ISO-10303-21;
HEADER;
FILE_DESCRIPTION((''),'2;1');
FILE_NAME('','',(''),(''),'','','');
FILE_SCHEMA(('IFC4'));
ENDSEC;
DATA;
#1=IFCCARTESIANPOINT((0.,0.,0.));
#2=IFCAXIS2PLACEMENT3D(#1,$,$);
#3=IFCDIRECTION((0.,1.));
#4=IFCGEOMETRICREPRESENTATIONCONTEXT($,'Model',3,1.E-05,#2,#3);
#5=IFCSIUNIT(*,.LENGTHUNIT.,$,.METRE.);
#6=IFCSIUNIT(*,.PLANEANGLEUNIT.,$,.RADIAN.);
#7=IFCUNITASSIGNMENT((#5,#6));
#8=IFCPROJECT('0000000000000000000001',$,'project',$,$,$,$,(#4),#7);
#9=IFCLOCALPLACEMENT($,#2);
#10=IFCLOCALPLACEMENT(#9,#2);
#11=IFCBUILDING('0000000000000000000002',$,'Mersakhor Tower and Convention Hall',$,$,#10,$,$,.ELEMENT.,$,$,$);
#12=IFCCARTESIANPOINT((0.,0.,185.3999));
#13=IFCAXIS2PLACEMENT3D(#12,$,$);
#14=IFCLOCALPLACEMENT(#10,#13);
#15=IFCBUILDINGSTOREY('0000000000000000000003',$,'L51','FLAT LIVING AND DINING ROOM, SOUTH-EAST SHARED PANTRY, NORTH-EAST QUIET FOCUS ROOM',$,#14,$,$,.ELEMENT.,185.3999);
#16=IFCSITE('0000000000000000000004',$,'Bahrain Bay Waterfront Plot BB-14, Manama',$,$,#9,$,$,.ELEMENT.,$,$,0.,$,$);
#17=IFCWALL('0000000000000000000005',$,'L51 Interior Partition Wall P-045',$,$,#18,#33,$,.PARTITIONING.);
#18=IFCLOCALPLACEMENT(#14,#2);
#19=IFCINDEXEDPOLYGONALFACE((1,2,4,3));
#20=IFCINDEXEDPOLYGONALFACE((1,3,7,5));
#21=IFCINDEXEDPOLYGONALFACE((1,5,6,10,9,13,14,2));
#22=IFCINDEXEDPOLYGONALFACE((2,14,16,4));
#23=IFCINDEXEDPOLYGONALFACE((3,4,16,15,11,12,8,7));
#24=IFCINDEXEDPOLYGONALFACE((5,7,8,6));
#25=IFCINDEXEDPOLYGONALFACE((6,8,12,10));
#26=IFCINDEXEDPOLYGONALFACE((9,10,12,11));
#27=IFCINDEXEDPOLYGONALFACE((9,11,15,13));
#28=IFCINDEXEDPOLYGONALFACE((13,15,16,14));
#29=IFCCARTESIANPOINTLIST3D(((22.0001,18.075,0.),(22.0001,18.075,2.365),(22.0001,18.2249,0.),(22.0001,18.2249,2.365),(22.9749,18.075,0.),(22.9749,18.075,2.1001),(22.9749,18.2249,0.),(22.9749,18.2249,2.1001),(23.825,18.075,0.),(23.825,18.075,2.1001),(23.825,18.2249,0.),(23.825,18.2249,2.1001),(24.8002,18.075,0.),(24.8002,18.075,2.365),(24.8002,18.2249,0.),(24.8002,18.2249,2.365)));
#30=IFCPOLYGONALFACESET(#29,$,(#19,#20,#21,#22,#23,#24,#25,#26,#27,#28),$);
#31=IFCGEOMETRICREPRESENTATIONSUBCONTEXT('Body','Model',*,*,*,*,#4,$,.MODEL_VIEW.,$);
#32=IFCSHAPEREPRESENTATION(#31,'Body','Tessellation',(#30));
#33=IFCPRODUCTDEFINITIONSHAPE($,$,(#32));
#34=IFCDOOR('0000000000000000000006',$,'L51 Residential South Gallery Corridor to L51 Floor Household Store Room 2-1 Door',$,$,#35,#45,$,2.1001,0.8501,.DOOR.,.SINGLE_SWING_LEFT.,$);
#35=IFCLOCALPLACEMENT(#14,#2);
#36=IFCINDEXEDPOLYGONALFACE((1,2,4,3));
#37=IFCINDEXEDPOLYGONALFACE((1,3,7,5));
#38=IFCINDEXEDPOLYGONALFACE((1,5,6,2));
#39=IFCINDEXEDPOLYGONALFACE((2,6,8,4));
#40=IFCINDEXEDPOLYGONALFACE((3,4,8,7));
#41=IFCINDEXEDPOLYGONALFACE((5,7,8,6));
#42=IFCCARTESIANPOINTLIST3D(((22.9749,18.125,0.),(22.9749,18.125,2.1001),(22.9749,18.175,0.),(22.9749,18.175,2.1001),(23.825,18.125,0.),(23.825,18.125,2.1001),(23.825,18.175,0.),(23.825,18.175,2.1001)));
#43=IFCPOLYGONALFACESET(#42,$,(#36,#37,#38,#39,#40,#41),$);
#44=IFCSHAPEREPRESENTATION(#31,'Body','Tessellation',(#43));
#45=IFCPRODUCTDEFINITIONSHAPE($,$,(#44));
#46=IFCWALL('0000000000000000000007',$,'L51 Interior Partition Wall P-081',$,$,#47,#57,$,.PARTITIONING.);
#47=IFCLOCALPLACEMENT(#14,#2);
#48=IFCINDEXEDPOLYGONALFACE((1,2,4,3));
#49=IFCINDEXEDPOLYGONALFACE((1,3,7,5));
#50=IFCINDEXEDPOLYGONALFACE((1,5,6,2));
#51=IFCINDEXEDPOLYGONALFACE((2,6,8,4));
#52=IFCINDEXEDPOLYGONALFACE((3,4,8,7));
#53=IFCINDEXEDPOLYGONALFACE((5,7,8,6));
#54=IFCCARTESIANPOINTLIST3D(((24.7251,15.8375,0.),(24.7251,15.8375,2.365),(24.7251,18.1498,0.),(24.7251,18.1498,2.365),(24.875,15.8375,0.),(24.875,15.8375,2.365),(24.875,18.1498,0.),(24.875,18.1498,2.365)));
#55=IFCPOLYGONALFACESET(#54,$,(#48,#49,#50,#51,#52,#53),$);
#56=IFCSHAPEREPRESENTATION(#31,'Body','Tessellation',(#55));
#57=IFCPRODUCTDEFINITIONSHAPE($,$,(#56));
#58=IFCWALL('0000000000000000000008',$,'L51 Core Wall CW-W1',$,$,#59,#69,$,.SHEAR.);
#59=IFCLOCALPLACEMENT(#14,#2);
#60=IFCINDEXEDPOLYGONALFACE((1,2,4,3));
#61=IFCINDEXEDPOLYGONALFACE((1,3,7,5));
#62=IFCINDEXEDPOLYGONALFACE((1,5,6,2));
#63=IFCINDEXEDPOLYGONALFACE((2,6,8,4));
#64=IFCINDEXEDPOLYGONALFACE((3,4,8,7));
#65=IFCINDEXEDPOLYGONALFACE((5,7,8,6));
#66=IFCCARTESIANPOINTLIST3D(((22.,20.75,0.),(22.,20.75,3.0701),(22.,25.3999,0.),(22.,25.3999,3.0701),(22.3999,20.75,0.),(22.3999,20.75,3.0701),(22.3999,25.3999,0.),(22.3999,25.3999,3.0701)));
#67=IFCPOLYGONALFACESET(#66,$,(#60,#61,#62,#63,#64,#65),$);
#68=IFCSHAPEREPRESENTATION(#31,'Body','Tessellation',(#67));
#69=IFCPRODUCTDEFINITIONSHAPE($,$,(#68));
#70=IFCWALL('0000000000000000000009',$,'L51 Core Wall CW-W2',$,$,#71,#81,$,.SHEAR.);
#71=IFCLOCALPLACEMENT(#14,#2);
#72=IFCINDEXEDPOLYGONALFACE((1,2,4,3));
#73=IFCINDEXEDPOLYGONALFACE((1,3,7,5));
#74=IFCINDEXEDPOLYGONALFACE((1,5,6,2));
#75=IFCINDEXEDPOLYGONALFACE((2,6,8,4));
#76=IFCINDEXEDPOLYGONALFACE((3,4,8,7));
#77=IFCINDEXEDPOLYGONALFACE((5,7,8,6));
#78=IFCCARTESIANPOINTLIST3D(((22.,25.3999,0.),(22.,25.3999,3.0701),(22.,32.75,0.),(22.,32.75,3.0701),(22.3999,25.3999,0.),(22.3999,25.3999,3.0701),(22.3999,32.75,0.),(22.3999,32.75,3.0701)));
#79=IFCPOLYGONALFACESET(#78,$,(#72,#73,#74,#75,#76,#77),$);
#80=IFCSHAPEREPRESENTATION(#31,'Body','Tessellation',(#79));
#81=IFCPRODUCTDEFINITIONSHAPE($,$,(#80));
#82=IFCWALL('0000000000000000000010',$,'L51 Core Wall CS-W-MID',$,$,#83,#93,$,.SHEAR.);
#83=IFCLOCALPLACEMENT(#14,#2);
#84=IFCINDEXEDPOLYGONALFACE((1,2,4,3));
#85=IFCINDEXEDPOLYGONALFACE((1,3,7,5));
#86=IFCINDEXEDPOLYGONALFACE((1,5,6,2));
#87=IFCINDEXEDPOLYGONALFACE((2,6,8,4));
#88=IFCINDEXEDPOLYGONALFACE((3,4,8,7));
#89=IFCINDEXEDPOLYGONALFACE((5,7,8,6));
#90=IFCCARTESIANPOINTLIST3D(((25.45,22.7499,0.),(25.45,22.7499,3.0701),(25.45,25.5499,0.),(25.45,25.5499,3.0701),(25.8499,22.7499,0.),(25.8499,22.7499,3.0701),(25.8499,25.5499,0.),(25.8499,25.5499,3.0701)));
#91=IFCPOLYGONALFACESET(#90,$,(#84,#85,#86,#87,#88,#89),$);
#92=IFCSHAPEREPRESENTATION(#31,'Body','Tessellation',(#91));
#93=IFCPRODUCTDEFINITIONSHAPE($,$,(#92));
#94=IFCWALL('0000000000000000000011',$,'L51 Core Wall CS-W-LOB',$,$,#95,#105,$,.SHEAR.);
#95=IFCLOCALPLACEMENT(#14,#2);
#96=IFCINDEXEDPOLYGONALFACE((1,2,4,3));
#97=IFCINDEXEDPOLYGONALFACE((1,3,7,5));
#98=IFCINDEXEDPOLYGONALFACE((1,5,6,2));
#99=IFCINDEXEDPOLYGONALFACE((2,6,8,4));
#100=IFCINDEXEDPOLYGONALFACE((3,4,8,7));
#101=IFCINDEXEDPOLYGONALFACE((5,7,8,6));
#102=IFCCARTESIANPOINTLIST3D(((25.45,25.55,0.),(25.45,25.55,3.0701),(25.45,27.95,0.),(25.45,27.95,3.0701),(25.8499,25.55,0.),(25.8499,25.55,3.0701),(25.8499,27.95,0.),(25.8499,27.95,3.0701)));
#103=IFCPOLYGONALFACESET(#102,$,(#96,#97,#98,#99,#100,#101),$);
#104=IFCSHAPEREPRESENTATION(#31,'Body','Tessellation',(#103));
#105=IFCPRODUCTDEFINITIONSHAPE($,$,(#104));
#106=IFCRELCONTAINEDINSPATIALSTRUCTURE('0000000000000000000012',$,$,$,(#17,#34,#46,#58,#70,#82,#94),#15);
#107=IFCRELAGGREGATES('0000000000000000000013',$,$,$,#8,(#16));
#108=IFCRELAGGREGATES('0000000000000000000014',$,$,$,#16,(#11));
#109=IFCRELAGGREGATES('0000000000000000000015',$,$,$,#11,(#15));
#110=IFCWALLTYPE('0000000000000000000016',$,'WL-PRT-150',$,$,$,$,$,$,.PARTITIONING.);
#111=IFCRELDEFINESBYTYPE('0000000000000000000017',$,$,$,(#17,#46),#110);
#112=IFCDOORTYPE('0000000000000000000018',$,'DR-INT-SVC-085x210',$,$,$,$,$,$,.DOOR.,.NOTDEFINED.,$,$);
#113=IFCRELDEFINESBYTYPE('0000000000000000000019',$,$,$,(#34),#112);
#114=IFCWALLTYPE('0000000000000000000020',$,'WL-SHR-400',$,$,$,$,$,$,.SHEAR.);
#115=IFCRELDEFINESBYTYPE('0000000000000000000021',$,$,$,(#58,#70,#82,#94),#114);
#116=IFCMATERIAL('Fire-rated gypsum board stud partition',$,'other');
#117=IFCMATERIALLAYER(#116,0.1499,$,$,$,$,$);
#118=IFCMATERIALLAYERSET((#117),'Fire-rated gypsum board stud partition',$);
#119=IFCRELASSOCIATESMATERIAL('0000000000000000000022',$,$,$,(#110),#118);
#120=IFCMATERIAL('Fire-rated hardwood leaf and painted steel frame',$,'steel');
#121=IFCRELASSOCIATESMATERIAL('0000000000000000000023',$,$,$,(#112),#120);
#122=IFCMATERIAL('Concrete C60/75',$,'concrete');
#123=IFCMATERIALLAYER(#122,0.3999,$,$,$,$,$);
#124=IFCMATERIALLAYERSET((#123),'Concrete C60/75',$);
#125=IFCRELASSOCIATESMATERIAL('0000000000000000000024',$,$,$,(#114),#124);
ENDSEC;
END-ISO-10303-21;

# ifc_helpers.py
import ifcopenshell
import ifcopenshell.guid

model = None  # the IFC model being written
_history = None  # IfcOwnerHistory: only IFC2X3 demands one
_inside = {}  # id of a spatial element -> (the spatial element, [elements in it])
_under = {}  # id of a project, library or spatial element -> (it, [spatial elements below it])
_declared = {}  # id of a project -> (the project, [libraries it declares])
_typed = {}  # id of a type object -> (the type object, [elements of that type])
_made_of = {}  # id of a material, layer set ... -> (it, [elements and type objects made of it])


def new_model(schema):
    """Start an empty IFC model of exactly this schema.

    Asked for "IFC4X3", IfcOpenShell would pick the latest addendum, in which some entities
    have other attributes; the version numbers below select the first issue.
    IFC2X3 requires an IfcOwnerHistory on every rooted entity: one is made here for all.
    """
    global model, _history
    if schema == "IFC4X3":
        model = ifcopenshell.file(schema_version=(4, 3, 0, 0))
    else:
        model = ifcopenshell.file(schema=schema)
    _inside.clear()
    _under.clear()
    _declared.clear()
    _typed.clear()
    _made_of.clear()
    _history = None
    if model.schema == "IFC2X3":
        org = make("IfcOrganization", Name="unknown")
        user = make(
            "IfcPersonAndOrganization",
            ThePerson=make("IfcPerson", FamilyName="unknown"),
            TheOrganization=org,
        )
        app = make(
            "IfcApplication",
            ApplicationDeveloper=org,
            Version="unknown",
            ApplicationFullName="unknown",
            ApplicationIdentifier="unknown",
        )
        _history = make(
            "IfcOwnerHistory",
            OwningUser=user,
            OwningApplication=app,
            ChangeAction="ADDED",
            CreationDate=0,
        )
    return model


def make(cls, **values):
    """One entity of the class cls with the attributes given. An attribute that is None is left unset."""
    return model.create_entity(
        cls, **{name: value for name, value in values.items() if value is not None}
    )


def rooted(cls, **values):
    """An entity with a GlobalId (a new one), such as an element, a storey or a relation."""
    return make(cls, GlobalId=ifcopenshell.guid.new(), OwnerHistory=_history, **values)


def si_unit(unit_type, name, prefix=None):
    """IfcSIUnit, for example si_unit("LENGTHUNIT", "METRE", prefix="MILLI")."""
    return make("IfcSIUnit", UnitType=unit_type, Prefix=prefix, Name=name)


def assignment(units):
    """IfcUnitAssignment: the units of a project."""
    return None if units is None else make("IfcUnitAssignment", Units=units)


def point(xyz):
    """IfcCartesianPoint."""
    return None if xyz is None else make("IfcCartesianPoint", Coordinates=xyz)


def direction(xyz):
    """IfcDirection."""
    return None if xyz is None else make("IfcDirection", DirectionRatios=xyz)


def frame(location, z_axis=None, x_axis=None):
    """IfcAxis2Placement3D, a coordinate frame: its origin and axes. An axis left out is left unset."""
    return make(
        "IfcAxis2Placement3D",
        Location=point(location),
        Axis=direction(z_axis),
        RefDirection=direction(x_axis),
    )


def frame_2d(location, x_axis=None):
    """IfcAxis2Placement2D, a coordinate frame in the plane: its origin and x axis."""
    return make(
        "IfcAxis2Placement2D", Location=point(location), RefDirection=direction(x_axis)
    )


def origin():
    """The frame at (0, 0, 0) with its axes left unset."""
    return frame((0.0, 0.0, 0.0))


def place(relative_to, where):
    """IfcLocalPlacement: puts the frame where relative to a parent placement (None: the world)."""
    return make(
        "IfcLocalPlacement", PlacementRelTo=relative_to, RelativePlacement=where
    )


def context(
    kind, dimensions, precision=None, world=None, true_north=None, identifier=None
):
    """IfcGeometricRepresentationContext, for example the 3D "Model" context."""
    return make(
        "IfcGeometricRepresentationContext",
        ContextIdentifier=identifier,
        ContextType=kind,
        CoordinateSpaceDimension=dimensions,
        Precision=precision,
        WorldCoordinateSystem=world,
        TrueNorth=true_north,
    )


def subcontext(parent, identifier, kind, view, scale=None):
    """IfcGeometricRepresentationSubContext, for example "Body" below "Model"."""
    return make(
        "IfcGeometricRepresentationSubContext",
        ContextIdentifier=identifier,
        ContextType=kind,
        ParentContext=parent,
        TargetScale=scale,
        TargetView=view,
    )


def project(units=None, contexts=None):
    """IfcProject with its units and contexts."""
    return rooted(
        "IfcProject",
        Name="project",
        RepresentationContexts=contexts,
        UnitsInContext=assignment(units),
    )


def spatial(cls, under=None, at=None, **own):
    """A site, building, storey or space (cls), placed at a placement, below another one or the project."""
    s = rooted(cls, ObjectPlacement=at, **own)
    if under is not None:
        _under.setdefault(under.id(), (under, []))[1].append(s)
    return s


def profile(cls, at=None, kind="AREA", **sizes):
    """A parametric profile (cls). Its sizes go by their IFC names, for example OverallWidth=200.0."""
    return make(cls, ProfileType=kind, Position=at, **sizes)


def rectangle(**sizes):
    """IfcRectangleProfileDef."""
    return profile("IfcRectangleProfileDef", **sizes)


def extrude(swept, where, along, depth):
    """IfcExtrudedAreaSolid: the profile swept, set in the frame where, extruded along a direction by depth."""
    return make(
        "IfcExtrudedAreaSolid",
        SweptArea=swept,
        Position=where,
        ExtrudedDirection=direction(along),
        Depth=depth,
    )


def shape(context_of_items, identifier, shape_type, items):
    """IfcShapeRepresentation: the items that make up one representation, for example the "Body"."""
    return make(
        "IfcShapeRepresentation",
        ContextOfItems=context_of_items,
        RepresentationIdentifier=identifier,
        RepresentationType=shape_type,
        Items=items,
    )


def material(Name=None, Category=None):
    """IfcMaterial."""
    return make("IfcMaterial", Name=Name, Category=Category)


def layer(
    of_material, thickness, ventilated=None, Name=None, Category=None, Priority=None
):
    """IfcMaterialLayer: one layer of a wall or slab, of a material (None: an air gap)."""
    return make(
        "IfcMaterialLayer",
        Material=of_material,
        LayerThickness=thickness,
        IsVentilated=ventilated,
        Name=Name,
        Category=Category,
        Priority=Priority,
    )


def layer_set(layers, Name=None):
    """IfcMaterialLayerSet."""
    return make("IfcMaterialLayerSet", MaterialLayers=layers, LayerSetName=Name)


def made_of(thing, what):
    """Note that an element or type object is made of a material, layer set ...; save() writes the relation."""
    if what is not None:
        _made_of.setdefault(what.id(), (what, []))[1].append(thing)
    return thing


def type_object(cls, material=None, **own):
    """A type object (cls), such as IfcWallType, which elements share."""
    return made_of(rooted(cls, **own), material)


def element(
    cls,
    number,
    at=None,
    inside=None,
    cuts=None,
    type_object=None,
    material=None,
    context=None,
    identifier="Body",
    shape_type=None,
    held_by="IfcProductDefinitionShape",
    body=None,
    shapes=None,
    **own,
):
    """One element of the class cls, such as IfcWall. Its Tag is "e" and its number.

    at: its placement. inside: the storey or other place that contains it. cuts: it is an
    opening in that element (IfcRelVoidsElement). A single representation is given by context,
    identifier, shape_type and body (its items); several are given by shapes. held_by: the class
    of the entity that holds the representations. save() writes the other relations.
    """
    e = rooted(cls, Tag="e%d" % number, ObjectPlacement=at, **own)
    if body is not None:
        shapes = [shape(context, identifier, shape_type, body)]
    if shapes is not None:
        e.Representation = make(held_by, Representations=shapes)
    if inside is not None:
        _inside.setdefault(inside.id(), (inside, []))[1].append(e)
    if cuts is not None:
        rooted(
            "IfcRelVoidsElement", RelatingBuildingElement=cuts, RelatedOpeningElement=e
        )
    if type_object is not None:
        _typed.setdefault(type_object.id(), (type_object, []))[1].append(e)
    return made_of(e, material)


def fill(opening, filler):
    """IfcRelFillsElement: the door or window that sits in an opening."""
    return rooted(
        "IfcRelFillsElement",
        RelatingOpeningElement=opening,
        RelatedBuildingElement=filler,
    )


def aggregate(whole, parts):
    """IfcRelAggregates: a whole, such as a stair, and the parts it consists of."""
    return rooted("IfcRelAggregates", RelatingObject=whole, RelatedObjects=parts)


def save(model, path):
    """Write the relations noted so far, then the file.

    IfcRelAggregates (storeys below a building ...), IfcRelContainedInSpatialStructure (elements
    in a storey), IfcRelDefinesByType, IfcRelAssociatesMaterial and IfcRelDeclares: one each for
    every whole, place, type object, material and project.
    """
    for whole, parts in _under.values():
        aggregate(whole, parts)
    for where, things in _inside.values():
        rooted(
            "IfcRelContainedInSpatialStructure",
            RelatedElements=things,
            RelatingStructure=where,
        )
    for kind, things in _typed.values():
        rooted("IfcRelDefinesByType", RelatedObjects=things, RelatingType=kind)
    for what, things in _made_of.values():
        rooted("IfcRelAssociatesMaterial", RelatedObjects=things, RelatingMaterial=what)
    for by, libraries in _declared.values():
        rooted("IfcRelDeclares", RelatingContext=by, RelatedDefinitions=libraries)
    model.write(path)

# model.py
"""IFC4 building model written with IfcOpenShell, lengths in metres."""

from ifc_helpers import new_model, si_unit, direction, frame, frame_2d, origin, place, context, subcontext, project, spatial, rectangle, extrude, material, layer, layer_set, type_object, element, fill, save


model = new_model("IFC4")

# Units and contexts
model_context = context("Model", 3, precision=1e-05, world=origin(), true_north=direction((0.0, 1.0)))
body_context = subcontext(model_context, "Body", "Model", "MODEL_VIEW")
ifc_project = project(units=[si_unit("LENGTHUNIT", "METRE"), si_unit("PLANEANGLEUNIT", "RADIAN")], contexts=[model_context])

# Site, building, storey
site_placement = place(None, origin())
site = spatial("IfcSite", under=ifc_project, at=site_placement, Name="Bahrain Bay Waterfront Plot BB-14, Manama", CompositionType="ELEMENT", RefElevation=0.0)
building_placement = place(site_placement, origin())
building = spatial("IfcBuilding", under=site, at=building_placement, Name="Mersakhor Tower and Convention Hall", CompositionType="ELEMENT")
storey_placement = place(building_placement, frame((0.0, 0.0, 185.3999)))
storey = spatial("IfcBuildingStorey", under=building, at=storey_placement, Name="L51", Description="FLAT LIVING AND DINING ROOM, SOUTH-EAST SHARED PANTRY, NORTH-EAST QUIET FOCUS ROOM", CompositionType="ELEMENT", Elevation=185.3999)

# Shared definitions
ifc_material_1 = material(Name="Fire-rated gypsum board stud partition", Category="other")
ifc_layer_1 = layer(ifc_material_1, 0.1499)
ifc_layer_set_1 = layer_set([ifc_layer_1], Name="Fire-rated gypsum board stud partition")
wall_type_1 = type_object("IfcWallType", Name="WL-PRT-150", PredefinedType="PARTITIONING", material=ifc_layer_set_1)

# Wall, opening, door
wall_1_placement = place(storey_placement, frame((24.8, 18.1499, 0.0), z_axis=(0.0, 0.0, 1.0), x_axis=(-1.0, 0.0, 0.0)))
wall_1 = element("IfcWall", 1, at=wall_1_placement, inside=storey, type_object=wall_type_1, Name="L51 Interior Partition Wall P-045", PredefinedType="PARTITIONING", context=body_context, shape_type="SweptSolid", body=[
    extrude(rectangle(XDim=2.8, YDim=0.1499, at=frame_2d((1.3999, 0.0))), origin(), (0.0, 0.0, 1.0), 2.365),
])
opening_1_placement = place(wall_1_placement, frame((0.9751, 0.0, 0.0)))
opening_1 = element("IfcOpeningElement", 2, at=opening_1_placement, cuts=wall_1, PredefinedType="OPENING", context=body_context, shape_type="SweptSolid", body=[
    extrude(rectangle(XDim=0.8501, YDim=2.1001, at=frame_2d((0.425, 1.05))), frame((0.0, 0.085, 0.0), z_axis=(0.0, -1.0, 0.0), x_axis=(1.0, 0.0, 0.0)), (0.0, 0.0, 1.0), 0.1699),
])
ifc_material_2 = material(Name="Fire-rated hardwood leaf and painted steel frame", Category="steel")
door_type_1 = type_object("IfcDoorType", Name="DR-INT-SVC-085x210", OperationType="NOTDEFINED", PredefinedType="DOOR", material=ifc_material_2)
door_1_placement = place(opening_1_placement, origin())
door_1 = element("IfcDoor", 3, at=door_1_placement, inside=storey, type_object=door_type_1, Name="L51 Residential South Gallery Corridor to L51 Floor Household Store Room 2-1 Door", OperationType="SINGLE_SWING_LEFT", OverallHeight=2.1001, OverallWidth=0.8501, PredefinedType="DOOR", context=body_context, shape_type="SweptSolid", body=[
    extrude(rectangle(XDim=0.8501, YDim=2.1001, at=frame_2d((0.425, 1.05))), frame((0.0, 0.0249, 0.0), z_axis=(0.0, -1.0, 0.0), x_axis=(1.0, 0.0, 0.0)), (0.0, 0.0, 1.0), 0.05),
])
fill(opening_1, door_1)

# Wall
wall_2_placement = place(storey_placement, frame((24.8, 18.1499, 0.0), z_axis=(0.0, 0.0, 1.0), x_axis=(0.0, -1.0, 0.0)))
element("IfcWall", 4, at=wall_2_placement, inside=storey, type_object=wall_type_1, Name="L51 Interior Partition Wall P-081", PredefinedType="PARTITIONING", context=body_context, shape_type="SweptSolid", body=[
    extrude(rectangle(XDim=2.3123, YDim=0.1499, at=frame_2d((1.1562, 0.0))), origin(), (0.0, 0.0, 1.0), 2.365),
])

# Walls
ifc_material_3 = material(Name="Concrete C60/75", Category="concrete")
ifc_layer_2 = layer(ifc_material_3, 0.3999)
ifc_layer_set_2 = layer_set([ifc_layer_2], Name="Concrete C60/75")
wall_type_2 = type_object("IfcWallType", Name="WL-SHR-400", PredefinedType="SHEAR", material=ifc_layer_set_2)
wall_3_placement = place(storey_placement, frame((22.2, 20.75, 0.0), z_axis=(0.0, 0.0, 1.0), x_axis=(0.0, 1.0, 0.0)))
element("IfcWall", 5, at=wall_3_placement, inside=storey, type_object=wall_type_2, Name="L51 Core Wall CW-W1", PredefinedType="SHEAR", context=body_context, shape_type="SweptSolid", body=[
    extrude(rectangle(XDim=4.6499, YDim=0.3999, at=frame_2d((2.325, 0.0))), origin(), (0.0, 0.0, 1.0), 3.0701),
])
wall_4_placement = place(storey_placement, frame((22.2, 25.3999, 0.0), z_axis=(0.0, 0.0, 1.0), x_axis=(0.0, 1.0, 0.0)))
element("IfcWall", 6, at=wall_4_placement, inside=storey, type_object=wall_type_2, Name="L51 Core Wall CW-W2", PredefinedType="SHEAR", context=body_context, shape_type="SweptSolid", body=[
    extrude(rectangle(XDim=7.3501, YDim=0.3999, at=frame_2d((3.675, 0.0))), origin(), (0.0, 0.0, 1.0), 3.0701),
])

# Walls
wall_5_placement = place(storey_placement, frame((25.6499, 22.75, 0.0), z_axis=(0.0, 0.0, 1.0), x_axis=(0.0, 1.0, 0.0)))
element("IfcWall", 7, at=wall_5_placement, inside=storey, type_object=wall_type_2, Name="L51 Core Wall CS-W-MID", PredefinedType="SHEAR", context=body_context, shape_type="SweptSolid", body=[
    extrude(rectangle(XDim=2.8, YDim=0.3999, at=frame_2d((1.3999, 0.0))), origin(), (0.0, 0.0, 1.0), 3.0701),
])
wall_6_placement = place(storey_placement, frame((25.6499, 25.55, 0.0), z_axis=(0.0, 0.0, 1.0), x_axis=(0.0, 1.0, 0.0)))
element("IfcWall", 8, at=wall_6_placement, inside=storey, type_object=wall_type_2, Name="L51 Core Wall CS-W-LOB", PredefinedType="SHEAR", context=body_context, shape_type="SweptSolid", body=[
    extrude(rectangle(XDim=2.3999, YDim=0.3999, at=frame_2d((1.2, 0.0))), origin(), (0.0, 0.0, 1.0), 3.0701),
])

save(model, "model.ifc")
